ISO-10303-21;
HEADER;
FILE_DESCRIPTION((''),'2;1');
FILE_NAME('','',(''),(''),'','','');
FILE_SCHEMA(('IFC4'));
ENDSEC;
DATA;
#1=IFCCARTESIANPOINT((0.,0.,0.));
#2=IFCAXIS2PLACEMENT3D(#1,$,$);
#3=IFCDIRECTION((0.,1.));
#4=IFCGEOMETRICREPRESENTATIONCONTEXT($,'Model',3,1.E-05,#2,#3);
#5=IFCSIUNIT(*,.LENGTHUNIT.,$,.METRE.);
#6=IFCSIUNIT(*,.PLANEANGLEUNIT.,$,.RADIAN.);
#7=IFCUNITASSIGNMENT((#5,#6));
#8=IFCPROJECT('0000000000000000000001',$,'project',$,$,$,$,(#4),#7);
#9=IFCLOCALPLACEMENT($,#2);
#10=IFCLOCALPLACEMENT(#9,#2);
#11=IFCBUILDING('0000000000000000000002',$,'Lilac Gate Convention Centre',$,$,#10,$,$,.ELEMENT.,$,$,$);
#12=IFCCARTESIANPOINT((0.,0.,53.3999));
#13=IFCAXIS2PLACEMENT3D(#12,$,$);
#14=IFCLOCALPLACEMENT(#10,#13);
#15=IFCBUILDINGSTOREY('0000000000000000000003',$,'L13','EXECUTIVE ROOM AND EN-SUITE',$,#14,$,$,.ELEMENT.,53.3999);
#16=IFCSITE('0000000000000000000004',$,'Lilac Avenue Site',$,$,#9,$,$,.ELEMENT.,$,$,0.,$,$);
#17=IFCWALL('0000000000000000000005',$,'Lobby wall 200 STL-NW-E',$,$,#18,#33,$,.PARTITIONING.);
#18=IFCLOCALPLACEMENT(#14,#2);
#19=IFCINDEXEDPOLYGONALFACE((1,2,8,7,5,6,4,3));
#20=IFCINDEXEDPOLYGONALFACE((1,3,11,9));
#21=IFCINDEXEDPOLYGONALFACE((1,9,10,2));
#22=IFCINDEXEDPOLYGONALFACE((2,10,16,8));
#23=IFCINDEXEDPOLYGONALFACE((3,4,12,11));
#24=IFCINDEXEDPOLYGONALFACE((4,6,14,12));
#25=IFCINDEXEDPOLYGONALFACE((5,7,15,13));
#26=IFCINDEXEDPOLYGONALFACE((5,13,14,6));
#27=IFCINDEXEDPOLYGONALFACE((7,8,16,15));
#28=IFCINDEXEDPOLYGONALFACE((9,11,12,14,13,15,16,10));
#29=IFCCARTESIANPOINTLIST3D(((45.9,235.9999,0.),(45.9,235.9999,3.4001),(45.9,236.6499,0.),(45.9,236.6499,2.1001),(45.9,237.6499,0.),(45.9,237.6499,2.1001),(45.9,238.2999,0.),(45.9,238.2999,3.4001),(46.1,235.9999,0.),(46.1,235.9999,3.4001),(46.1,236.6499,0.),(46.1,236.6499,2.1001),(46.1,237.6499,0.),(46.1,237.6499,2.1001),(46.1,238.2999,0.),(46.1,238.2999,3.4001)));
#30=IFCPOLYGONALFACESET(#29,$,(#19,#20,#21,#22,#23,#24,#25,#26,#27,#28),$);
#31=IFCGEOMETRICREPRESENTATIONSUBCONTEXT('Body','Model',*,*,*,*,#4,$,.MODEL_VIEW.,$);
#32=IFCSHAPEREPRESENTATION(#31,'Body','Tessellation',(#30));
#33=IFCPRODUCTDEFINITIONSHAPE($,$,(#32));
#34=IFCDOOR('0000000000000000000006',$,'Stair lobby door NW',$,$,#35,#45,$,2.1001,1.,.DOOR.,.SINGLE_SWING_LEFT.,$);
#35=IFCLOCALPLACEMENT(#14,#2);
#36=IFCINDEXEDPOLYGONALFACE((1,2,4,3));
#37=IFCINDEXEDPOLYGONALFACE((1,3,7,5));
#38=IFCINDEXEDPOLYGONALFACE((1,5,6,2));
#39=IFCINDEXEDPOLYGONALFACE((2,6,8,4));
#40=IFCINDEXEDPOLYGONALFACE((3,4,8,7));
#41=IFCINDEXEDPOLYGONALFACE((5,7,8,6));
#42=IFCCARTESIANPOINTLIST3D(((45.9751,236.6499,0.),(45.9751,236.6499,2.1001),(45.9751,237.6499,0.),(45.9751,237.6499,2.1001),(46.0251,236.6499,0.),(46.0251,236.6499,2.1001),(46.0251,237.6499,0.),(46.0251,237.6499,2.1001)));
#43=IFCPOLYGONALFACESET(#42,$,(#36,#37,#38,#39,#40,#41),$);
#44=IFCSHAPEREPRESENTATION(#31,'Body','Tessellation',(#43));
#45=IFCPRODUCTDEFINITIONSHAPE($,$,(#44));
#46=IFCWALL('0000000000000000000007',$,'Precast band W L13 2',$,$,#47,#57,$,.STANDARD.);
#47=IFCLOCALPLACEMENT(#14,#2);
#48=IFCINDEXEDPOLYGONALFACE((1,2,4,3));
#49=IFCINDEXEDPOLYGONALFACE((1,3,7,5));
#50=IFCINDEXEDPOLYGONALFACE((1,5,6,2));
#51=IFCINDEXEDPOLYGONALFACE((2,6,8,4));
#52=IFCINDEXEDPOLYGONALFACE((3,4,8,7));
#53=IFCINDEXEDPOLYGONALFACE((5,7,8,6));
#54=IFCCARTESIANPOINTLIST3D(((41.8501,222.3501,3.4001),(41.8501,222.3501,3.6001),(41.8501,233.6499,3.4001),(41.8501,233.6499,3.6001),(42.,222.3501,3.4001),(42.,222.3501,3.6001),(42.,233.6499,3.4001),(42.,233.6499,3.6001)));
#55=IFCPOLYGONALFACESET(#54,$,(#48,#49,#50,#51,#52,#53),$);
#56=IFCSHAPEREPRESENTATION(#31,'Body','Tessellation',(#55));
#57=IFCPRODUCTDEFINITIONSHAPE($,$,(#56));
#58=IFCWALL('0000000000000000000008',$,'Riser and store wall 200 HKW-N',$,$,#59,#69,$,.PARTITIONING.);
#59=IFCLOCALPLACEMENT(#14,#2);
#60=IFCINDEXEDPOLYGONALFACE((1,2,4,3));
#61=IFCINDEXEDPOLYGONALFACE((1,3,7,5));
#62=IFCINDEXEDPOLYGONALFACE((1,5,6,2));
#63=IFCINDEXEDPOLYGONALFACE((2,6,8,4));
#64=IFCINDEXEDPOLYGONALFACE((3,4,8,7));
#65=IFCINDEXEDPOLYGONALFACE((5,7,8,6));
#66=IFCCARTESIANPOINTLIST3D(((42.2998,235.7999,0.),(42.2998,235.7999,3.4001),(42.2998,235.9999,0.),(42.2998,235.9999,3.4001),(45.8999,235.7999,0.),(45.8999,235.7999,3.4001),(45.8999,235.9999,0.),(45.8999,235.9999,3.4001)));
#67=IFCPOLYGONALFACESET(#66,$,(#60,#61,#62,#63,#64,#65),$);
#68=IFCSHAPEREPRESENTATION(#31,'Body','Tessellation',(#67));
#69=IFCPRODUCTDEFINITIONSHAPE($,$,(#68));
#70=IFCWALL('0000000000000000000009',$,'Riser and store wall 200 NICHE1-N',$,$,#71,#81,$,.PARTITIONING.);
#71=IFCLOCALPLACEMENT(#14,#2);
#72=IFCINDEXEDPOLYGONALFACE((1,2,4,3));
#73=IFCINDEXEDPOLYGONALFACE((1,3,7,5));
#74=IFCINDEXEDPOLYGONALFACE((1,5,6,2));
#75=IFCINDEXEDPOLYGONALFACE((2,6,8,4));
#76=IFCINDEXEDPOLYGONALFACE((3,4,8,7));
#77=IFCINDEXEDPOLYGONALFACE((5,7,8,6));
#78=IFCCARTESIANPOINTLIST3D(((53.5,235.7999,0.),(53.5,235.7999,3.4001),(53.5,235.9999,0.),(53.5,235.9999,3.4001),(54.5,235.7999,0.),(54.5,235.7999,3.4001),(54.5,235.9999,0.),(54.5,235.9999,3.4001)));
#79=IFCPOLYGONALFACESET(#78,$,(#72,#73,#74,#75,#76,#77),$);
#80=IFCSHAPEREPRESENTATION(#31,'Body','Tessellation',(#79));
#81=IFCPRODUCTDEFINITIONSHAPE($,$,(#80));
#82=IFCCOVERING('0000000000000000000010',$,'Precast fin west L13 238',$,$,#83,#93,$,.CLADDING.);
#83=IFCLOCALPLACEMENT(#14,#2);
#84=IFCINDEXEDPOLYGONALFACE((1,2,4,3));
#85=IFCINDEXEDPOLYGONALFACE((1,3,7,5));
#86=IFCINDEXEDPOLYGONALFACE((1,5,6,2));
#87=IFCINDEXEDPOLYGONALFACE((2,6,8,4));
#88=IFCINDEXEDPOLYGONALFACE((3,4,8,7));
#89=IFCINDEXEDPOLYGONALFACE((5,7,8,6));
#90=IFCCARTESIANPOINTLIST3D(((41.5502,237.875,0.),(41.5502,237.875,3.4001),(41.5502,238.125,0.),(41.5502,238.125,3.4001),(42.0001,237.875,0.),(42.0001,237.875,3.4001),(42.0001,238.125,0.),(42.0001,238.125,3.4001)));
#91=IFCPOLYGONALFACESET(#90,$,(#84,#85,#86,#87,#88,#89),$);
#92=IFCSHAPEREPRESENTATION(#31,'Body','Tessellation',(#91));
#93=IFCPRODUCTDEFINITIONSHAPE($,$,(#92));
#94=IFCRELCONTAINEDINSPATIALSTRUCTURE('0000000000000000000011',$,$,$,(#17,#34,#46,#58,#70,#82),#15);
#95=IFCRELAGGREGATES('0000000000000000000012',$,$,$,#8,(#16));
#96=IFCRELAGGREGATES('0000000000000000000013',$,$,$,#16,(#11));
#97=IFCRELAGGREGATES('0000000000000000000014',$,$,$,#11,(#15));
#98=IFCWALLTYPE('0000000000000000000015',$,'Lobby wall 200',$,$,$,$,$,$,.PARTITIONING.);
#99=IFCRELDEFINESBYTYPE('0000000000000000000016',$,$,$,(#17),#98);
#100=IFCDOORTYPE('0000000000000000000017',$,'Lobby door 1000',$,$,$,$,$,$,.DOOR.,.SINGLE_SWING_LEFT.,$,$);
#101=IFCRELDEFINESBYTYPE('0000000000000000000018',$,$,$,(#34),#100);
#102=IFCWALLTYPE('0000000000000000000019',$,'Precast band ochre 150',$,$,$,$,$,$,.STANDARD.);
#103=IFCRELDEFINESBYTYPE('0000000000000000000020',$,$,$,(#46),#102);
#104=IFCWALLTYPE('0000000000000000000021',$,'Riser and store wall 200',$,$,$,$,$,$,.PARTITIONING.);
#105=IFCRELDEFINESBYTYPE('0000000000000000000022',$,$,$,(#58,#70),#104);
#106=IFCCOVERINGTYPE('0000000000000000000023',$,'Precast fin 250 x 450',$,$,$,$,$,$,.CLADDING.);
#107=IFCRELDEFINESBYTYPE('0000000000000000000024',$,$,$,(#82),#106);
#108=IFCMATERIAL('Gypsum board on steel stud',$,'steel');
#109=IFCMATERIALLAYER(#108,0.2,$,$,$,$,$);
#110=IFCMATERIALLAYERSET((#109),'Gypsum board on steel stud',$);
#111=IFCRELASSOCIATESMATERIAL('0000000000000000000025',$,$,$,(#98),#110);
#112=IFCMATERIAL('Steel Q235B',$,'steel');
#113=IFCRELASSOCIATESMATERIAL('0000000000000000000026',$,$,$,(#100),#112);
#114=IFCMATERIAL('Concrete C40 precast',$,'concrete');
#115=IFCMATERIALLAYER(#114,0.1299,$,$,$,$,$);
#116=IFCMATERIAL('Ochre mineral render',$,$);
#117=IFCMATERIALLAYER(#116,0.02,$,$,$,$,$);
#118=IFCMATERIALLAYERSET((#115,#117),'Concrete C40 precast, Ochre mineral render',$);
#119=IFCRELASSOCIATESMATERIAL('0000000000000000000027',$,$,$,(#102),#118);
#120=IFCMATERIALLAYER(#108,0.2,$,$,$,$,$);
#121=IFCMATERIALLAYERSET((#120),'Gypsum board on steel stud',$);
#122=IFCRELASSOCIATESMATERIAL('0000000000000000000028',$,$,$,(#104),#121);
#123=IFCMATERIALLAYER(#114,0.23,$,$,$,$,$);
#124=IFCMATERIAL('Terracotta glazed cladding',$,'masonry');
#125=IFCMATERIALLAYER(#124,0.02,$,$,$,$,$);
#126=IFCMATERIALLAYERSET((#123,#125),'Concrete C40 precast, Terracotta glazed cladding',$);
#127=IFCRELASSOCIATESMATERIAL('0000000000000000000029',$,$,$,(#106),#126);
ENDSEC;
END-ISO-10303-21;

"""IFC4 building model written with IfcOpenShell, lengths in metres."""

from ifc_helpers import new_model, si_unit, direction, frame, frame_2d, origin, place, context, subcontext, project, spatial, rectangle, extrude, material, layer, layer_set, type_object, element, fill, save


model = new_model("IFC4")

# Units and contexts
model_context = context("Model", 3, precision=1e-05, world=origin(), true_north=direction((0.0, 1.0)))
body_context = subcontext(model_context, "Body", "Model", "MODEL_VIEW")
ifc_project = project(units=[si_unit("LENGTHUNIT", "METRE"), si_unit("PLANEANGLEUNIT", "RADIAN")], contexts=[model_context])

# Site, building, storey
site_placement = place(None, origin())
site = spatial("IfcSite", under=ifc_project, at=site_placement, Name="Lilac Avenue Site", CompositionType="ELEMENT", RefElevation=0.0)
building_placement = place(site_placement, origin())
building = spatial("IfcBuilding", under=site, at=building_placement, Name="Lilac Gate Convention Centre", CompositionType="ELEMENT")
storey_placement = place(building_placement, frame((0.0, 0.0, 53.3999)))
storey = spatial("IfcBuildingStorey", under=building, at=storey_placement, Name="L13", Description="EXECUTIVE ROOM AND EN-SUITE", CompositionType="ELEMENT", Elevation=53.3999)

# Wall, opening, door
ifc_material_1 = material(Name="Gypsum board on steel stud", Category="steel")
ifc_layer_1 = layer(ifc_material_1, 0.2)
ifc_layer_set_1 = layer_set([ifc_layer_1], Name="Gypsum board on steel stud")
wall_type_1 = type_object("IfcWallType", Name="Lobby wall 200", PredefinedType="PARTITIONING", material=ifc_layer_set_1)
wall_1_placement = place(storey_placement, frame((46.0, 236.0, 0.0), z_axis=(0.0, 0.0, 1.0), x_axis=(0.0, 1.0, 0.0)))
wall_1 = element("IfcWall", 1, at=wall_1_placement, inside=storey, type_object=wall_type_1, Name="Lobby wall 200 STL-NW-E", PredefinedType="PARTITIONING", context=body_context, shape_type="SweptSolid", body=[
    extrude(rectangle(XDim=2.3, YDim=0.2, at=frame_2d((1.1499, 0.0))), origin(), (0.0, 0.0, 1.0), 3.4001),
])
opening_placement = place(wall_1_placement, frame((0.6499, 0.0, 0.0)))
opening = element("IfcOpeningElement", 2, at=opening_placement, cuts=wall_1, PredefinedType="OPENING", context=body_context, shape_type="SweptSolid", body=[
    extrude(rectangle(XDim=1.0, YDim=2.1001, at=frame_2d((0.5, 1.05))), frame((0.0, 0.1099, 0.0), z_axis=(0.0, -1.0, 0.0), x_axis=(1.0, 0.0, 0.0)), (0.0, 0.0, 1.0), 0.22),
])
ifc_material_2 = material(Name="Steel Q235B", Category="steel")
door_type = type_object("IfcDoorType", Name="Lobby door 1000", OperationType="SINGLE_SWING_LEFT", PredefinedType="DOOR", material=ifc_material_2)
door_placement = place(opening_placement, origin())
door = element("IfcDoor", 3, at=door_placement, inside=storey, type_object=door_type, Name="Stair lobby door NW", OperationType="SINGLE_SWING_LEFT", OverallHeight=2.1001, OverallWidth=1.0, PredefinedType="DOOR", context=body_context, shape_type="SweptSolid", body=[
    extrude(rectangle(XDim=1.0, YDim=2.1001, at=frame_2d((0.5, 1.05))), frame((0.0, 0.0249, 0.0), z_axis=(0.0, -1.0, 0.0), x_axis=(1.0, 0.0, 0.0)), (0.0, 0.0, 1.0), 0.05),
])
fill(opening, door)

# Walls
ifc_material_3 = material(Name="Concrete C40 precast", Category="concrete")
ifc_layer_2 = layer(ifc_material_3, 0.1299)
ifc_material_4 = material(Name="Ochre mineral render")
ifc_layer_3 = layer(ifc_material_4, 0.02)
ifc_layer_set_2 = layer_set([ifc_layer_2, ifc_layer_3], Name="Concrete C40 precast, Ochre mineral render")
wall_type_2 = type_object("IfcWallType", Name="Precast band ochre 150", PredefinedType="STANDARD", material=ifc_layer_set_2)
wall_2_placement = place(storey_placement, frame((41.925, 233.6499, 3.4001), z_axis=(0.0, 0.0, 1.0), x_axis=(0.0, -1.0, 0.0)))
element("IfcWall", 4, at=wall_2_placement, inside=storey, type_object=wall_type_2, Name="Precast band W L13 2", PredefinedType="STANDARD", context=body_context, shape_type="SweptSolid", body=[
    extrude(rectangle(XDim=11.2998, YDim=0.1499, at=frame_2d((5.6499, 0.0))), origin(), (0.0, 0.0, 1.0), 0.2),
])
ifc_layer_4 = layer(ifc_material_1, 0.2)
ifc_layer_set_3 = layer_set([ifc_layer_4], Name="Gypsum board on steel stud")
wall_type_3 = type_object("IfcWallType", Name="Riser and store wall 200", PredefinedType="PARTITIONING", material=ifc_layer_set_3)
wall_3_placement = place(storey_placement, frame((42.2998, 235.8999, 0.0), z_axis=(0.0, 0.0, 1.0), x_axis=(1.0, 0.0, 0.0)))
element("IfcWall", 5, at=wall_3_placement, inside=storey, type_object=wall_type_3, Name="Riser and store wall 200 HKW-N", PredefinedType="PARTITIONING", context=body_context, shape_type="SweptSolid", body=[
    extrude(rectangle(XDim=3.6001, YDim=0.2, at=frame_2d((1.8, 0.0))), origin(), (0.0, 0.0, 1.0), 3.4001),
])
wall_4_placement = place(storey_placement, frame((53.5, 235.8999, 0.0), z_axis=(0.0, 0.0, 1.0), x_axis=(1.0, 0.0, 0.0)))
element("IfcWall", 6, at=wall_4_placement, inside=storey, type_object=wall_type_3, Name="Riser and store wall 200 NICHE1-N", PredefinedType="PARTITIONING", context=body_context, shape_type="SweptSolid", body=[
    extrude(rectangle(XDim=1.0, YDim=0.2, at=frame_2d((0.5, 0.0))), origin(), (0.0, 0.0, 1.0), 3.4001),
])

# Covering
ifc_layer_5 = layer(ifc_material_3, 0.23)
ifc_material_5 = material(Name="Terracotta glazed cladding", Category="masonry")
ifc_layer_6 = layer(ifc_material_5, 0.02)
ifc_layer_set_4 = layer_set([ifc_layer_5, ifc_layer_6], Name="Concrete C40 precast, Terracotta glazed cladding")
covering_type = type_object("IfcCoveringType", Name="Precast fin 250 x 450", PredefinedType="CLADDING", material=ifc_layer_set_4)
covering_placement = place(storey_placement, frame((41.55, 238.0, 0.0), z_axis=(0.0, 0.0, 1.0), x_axis=(1.0, 0.0, 0.0)))
element("IfcCovering", 7, at=covering_placement, inside=storey, type_object=covering_type, Name="Precast fin west L13 238", PredefinedType="CLADDING", context=body_context, shape_type="SweptSolid", body=[
    extrude(rectangle(XDim=0.45, YDim=0.25, at=frame_2d((0.2251, 0.0))), origin(), (0.0, 0.0, 1.0), 3.4001),
])

save(model, "model.ifc")
